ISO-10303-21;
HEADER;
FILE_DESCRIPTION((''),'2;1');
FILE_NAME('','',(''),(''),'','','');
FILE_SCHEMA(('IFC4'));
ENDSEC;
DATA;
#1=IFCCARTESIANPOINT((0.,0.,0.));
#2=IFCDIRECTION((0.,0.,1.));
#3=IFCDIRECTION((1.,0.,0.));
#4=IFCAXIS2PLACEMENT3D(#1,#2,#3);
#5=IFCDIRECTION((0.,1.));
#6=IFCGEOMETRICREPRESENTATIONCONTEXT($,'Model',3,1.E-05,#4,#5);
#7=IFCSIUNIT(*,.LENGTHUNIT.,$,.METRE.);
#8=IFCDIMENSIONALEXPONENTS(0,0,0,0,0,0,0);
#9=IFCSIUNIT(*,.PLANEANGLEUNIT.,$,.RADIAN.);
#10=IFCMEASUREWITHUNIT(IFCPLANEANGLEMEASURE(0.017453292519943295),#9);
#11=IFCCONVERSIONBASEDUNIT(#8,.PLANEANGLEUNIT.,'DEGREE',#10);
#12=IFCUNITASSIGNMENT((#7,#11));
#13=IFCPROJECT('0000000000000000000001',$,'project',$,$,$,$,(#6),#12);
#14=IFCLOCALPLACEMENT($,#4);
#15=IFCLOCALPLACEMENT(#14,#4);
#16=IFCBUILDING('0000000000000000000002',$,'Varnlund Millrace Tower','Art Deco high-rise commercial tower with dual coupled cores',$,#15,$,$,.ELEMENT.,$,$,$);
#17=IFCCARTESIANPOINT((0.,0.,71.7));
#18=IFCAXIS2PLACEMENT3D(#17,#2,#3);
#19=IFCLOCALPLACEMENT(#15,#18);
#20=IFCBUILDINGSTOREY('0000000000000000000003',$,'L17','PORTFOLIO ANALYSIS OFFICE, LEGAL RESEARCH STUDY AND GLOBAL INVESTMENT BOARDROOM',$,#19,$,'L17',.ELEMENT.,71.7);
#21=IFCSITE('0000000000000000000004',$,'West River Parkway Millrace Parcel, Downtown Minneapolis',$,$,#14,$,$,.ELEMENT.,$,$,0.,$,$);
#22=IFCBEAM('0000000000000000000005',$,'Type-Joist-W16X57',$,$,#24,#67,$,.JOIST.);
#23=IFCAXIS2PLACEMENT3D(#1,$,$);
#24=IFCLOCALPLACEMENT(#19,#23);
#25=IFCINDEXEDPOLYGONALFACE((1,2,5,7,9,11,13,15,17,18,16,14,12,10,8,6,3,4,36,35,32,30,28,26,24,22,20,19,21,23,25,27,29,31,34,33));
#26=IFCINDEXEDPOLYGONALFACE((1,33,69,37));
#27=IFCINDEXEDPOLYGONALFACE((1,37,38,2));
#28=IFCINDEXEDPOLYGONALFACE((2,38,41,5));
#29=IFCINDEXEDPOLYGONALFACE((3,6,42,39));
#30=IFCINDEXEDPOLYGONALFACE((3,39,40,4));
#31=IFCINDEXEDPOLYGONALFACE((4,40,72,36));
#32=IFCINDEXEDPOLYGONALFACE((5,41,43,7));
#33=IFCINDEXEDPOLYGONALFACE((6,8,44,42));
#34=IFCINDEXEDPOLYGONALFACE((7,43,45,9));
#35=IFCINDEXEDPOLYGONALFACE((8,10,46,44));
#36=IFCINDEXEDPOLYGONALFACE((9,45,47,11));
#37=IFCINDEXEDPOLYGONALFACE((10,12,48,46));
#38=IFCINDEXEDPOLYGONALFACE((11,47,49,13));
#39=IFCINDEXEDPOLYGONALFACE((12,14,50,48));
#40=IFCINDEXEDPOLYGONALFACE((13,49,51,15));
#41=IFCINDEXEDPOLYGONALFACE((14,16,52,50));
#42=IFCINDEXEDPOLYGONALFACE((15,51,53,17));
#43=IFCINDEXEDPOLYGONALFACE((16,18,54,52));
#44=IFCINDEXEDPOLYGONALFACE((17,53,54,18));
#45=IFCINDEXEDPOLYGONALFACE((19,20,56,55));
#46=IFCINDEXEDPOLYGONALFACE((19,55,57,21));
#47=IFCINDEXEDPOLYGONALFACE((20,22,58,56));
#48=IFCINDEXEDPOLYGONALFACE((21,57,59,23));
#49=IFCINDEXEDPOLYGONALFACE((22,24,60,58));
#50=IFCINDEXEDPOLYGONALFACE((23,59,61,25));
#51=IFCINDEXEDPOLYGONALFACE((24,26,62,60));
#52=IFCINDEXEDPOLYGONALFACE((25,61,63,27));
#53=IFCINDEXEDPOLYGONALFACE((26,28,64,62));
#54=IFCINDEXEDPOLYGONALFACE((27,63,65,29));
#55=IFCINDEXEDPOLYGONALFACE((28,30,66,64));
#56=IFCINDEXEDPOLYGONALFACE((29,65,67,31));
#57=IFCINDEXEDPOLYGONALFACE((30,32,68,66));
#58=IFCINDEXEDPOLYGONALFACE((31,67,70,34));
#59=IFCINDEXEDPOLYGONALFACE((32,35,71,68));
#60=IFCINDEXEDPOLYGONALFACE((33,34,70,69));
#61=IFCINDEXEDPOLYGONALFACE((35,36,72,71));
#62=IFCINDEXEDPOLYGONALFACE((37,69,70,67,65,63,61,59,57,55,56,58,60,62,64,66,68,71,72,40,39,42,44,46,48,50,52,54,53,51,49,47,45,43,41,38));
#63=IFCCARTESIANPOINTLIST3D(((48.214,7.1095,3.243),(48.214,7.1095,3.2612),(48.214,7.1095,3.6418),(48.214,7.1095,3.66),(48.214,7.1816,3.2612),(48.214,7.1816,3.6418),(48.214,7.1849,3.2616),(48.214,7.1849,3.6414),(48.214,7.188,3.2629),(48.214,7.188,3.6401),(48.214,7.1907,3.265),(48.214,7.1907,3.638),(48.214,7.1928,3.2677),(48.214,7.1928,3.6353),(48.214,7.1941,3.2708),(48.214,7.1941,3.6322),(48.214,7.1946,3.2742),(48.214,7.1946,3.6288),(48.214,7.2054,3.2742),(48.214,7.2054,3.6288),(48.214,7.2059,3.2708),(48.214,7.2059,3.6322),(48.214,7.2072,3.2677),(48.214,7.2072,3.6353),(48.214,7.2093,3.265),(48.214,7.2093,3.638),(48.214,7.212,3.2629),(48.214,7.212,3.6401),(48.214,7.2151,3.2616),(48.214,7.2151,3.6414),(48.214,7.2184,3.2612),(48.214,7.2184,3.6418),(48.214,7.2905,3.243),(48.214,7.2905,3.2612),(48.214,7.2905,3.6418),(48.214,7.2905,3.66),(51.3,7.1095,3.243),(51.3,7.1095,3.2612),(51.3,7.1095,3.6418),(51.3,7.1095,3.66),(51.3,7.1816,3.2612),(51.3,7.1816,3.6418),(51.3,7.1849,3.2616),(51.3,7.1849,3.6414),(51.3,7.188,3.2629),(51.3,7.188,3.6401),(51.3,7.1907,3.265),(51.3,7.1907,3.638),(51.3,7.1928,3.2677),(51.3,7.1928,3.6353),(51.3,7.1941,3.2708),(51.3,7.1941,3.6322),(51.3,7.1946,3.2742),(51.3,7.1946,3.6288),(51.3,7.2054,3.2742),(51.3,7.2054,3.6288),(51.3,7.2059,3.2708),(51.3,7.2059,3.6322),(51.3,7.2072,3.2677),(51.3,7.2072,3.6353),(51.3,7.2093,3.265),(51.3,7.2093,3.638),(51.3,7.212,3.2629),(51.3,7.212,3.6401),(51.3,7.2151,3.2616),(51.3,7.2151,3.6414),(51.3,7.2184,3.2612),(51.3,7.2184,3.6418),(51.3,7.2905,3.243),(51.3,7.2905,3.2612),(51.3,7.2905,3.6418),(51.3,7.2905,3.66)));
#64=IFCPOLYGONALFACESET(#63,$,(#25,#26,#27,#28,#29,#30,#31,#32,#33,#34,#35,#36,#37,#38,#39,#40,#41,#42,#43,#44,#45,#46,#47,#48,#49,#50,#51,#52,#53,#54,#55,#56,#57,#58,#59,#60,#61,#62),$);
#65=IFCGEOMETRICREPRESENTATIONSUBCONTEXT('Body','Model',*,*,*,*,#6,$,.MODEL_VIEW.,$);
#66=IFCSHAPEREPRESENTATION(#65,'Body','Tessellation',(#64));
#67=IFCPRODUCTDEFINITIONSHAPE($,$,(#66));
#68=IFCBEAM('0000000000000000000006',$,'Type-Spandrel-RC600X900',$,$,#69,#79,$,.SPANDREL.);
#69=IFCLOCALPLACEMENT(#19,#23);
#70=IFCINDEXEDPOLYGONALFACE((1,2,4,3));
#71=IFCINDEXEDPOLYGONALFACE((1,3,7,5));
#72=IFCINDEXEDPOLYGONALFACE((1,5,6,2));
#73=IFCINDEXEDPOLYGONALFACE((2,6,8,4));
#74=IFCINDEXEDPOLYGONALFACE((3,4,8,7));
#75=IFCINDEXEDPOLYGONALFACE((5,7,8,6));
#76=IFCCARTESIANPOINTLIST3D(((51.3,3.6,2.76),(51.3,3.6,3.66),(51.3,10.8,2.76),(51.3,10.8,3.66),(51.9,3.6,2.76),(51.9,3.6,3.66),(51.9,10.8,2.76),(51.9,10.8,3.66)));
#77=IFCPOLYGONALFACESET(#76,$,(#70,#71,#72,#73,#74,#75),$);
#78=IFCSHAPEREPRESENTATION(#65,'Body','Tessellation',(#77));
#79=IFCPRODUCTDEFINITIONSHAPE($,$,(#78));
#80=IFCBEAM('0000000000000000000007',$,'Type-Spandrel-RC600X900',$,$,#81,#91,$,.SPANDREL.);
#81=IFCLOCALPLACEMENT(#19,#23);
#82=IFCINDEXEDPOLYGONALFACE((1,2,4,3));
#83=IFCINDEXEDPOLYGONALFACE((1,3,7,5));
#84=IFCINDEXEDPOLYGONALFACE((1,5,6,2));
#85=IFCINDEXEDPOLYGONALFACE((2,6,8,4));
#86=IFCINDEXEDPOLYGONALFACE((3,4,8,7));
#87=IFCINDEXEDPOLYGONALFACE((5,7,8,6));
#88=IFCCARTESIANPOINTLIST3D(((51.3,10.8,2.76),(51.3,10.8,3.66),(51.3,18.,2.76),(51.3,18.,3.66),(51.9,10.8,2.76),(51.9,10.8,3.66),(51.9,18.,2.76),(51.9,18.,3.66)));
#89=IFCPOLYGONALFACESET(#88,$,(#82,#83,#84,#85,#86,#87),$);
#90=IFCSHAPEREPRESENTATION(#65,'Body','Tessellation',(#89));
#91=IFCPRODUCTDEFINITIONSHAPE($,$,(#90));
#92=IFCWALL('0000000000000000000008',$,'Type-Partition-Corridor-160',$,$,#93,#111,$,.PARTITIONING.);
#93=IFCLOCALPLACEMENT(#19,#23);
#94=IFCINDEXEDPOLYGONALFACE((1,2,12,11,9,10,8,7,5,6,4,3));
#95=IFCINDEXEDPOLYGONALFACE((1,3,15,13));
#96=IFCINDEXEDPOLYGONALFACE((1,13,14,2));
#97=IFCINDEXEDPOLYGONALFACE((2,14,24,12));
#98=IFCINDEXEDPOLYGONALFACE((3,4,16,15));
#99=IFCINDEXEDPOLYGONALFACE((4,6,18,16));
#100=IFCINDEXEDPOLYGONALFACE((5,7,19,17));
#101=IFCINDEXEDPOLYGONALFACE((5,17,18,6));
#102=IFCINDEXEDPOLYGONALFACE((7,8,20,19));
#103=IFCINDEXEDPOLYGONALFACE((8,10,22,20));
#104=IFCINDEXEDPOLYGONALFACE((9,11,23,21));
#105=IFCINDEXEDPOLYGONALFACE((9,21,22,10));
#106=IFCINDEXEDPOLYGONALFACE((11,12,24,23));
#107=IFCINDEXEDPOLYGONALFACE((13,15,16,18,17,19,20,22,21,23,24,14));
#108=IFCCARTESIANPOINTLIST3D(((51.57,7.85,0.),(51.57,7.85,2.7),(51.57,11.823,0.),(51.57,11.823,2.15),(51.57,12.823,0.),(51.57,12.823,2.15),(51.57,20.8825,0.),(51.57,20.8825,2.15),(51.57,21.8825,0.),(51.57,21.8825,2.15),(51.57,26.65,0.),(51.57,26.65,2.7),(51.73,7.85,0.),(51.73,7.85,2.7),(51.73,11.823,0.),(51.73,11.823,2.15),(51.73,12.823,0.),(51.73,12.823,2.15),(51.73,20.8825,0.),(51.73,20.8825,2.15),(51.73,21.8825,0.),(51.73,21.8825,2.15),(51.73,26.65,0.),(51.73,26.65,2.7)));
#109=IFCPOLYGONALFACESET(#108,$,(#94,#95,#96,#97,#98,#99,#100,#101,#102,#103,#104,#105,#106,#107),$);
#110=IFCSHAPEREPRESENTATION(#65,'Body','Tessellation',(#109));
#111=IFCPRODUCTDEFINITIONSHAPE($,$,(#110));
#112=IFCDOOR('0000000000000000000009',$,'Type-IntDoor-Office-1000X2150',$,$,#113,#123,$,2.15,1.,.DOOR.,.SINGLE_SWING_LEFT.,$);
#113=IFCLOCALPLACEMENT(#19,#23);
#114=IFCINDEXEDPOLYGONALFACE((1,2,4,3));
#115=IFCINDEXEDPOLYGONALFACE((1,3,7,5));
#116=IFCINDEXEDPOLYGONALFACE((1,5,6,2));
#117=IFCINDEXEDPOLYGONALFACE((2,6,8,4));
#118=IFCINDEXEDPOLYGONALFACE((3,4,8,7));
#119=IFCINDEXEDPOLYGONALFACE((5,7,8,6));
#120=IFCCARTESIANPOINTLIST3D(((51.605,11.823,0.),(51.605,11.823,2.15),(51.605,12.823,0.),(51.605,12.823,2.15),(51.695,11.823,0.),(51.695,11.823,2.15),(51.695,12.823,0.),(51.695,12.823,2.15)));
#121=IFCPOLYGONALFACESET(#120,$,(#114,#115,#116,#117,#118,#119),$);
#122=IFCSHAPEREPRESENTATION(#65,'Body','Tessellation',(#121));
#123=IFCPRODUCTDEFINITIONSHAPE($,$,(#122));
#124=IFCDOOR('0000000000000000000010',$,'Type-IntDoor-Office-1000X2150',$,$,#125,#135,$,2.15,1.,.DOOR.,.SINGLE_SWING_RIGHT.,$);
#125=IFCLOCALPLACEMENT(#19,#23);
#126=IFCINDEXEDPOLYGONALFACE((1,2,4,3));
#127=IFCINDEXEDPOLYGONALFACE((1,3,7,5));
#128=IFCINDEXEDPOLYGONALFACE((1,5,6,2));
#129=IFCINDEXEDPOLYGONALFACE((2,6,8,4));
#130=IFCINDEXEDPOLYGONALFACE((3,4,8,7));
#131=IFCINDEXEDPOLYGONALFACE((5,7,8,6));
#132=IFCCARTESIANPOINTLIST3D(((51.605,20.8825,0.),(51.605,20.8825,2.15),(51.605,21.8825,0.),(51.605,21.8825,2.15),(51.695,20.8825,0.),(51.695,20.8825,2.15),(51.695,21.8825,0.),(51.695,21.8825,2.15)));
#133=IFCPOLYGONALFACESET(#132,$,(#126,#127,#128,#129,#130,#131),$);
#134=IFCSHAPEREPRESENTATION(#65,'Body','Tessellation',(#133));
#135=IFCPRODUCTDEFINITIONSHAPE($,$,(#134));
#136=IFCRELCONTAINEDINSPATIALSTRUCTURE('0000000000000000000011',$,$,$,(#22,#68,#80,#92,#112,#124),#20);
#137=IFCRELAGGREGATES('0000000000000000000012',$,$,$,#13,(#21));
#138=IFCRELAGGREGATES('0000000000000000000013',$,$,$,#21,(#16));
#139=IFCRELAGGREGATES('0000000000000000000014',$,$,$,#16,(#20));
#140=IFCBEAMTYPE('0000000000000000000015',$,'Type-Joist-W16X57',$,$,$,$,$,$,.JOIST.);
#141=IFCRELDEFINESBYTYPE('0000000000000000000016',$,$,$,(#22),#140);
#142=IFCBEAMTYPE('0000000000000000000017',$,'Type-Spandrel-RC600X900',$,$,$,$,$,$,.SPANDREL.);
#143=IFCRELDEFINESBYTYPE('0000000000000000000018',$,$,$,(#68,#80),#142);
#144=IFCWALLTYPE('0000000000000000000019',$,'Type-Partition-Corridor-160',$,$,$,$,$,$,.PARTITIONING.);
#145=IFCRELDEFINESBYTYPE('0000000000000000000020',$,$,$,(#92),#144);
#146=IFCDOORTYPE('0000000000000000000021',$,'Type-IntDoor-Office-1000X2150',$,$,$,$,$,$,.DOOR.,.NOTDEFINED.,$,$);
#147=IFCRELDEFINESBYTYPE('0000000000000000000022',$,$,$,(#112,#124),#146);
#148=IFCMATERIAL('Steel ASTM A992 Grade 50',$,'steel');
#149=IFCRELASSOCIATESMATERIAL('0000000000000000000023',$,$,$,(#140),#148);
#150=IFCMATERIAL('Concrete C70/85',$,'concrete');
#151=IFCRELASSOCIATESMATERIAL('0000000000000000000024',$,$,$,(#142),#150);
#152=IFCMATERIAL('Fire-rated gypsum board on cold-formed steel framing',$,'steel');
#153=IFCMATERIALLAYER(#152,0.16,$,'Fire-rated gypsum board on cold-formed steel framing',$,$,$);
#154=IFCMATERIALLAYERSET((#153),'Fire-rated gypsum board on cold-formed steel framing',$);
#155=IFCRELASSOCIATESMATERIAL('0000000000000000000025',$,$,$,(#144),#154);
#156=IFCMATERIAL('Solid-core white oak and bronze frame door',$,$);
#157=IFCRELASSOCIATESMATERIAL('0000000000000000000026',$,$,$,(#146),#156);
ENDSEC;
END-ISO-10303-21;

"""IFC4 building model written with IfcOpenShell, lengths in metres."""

from ifc_helpers import new_model, entity, si_unit, converted_unit, direction, frame, origin_with_axes, origin_2d_with_axis, place, context, subcontext, project, spatial, polyline, rectangle, i_section, outline, extrude, material, layer, layer_set, material_profile, profile_set, type_object, element, fill, save


model = new_model("IFC4")

# Units and contexts
model_context = context("Model", 3, precision=1e-05, world=origin_with_axes(), true_north=direction((0.0, 1.0)))
body_context = subcontext(model_context, "Body", "Model", "MODEL_VIEW")
ifc_project = project(units=[si_unit("LENGTHUNIT", "METRE"), converted_unit("PLANEANGLEUNIT", "DEGREE", entity("IfcPlaneAngleMeasure", 0.017453292519943295), si_unit("PLANEANGLEUNIT", "RADIAN"), dimensions=[0, 0, 0, 0, 0, 0, 0])], contexts=[model_context])

# Site, building, storey
site_placement = place(None, origin_with_axes())
site = spatial("IfcSite", under=ifc_project, at=site_placement, Name="West River Parkway Millrace Parcel, Downtown Minneapolis", CompositionType="ELEMENT", RefElevation=0.0)
building_placement = place(site_placement, origin_with_axes())
building = spatial("IfcBuilding", under=site, at=building_placement, Name="Varnlund Millrace Tower", Description="Art Deco high-rise commercial tower with dual coupled cores", CompositionType="ELEMENT")
storey_placement = place(building_placement, frame((0.0, 0.0, 71.7), z_axis=(0.0, 0.0, 1.0), x_axis=(1.0, 0.0, 0.0)))
storey = spatial("IfcBuildingStorey", under=building, at=storey_placement, Name="L17", Description="PORTFOLIO ANALYSIS OFFICE, LEGAL RESEARCH STUDY AND GLOBAL INVESTMENT BOARDROOM", LongName="L17", CompositionType="ELEMENT", Elevation=71.7)

# Beams
ifc_material_1 = material(Name="Steel ASTM A992 Grade 50", Category="steel")
ifc_material_profile_1 = material_profile(ifc_material_1, i_section(OverallWidth=0.181, OverallDepth=0.417, WebThickness=0.0109, FlangeThickness=0.0182, FilletRadius=0.013, at=origin_2d_with_axis()), Name="Steel ASTM A992 Grade 50")
ifc_profile_set_1 = profile_set([ifc_material_profile_1], Name="Steel ASTM A992 Grade 50")
beam_type_1 = type_object("IfcBeamType", Name="Type-Joist-W16X57", PredefinedType="JOIST", material=ifc_profile_set_1)
beam_1_placement = place(storey_placement, frame((48.214, 7.2, 3.4515), z_axis=(1.0, 0.0, 0.0), x_axis=(0.0, 1.0, 0.0)))
element("IfcBeam", 1, at=beam_1_placement, inside=storey, type_object=beam_type_1, Name="Type-Joist-W16X57", PredefinedType="JOIST", context=body_context, shape_type="SweptSolid", body=[
    extrude(i_section(OverallWidth=0.181, OverallDepth=0.417, WebThickness=0.0109, FlangeThickness=0.0182, FilletRadius=0.013, at=origin_2d_with_axis()), origin_with_axes(), (0.0, 0.0, 1.0), 3.086),
])
ifc_material_2 = material(Name="Concrete C70/85", Category="concrete")
ifc_material_profile_2 = material_profile(ifc_material_2, rectangle(XDim=0.6, YDim=0.9, at=origin_2d_with_axis()), Name="Concrete C70/85")
ifc_profile_set_2 = profile_set([ifc_material_profile_2], Name="Concrete C70/85")
beam_type_2 = type_object("IfcBeamType", Name="Type-Spandrel-RC600X900", PredefinedType="SPANDREL", material=ifc_profile_set_2)
for number, where, z_axis, x_axis, name in (
    (2, (51.6, 3.6, 3.21), (0.0, 1.0, 0.0), (-1.0, 0.0, 0.0), "Type-Spandrel-RC600X900"),
    (3, (51.6, 10.8, 3.21), (0.0, 1.0, 0.0), (-1.0, 0.0, 0.0), "Type-Spandrel-RC600X900"),
):
    element("IfcBeam", number, at=place(storey_placement, frame(where, z_axis=z_axis, x_axis=x_axis)), inside=storey, type_object=beam_type_2, Name=name, PredefinedType="SPANDREL", context=body_context, shape_type="SweptSolid", body=[
        extrude(rectangle(XDim=0.6, YDim=0.9, at=origin_2d_with_axis()), origin_with_axes(), (0.0, 0.0, 1.0), 7.2),
    ])

# Wall, openings, doors
ifc_material_3 = material(Name="Fire-rated gypsum board on cold-formed steel framing", Category="steel")
ifc_layer = layer(ifc_material_3, 0.16, Name="Fire-rated gypsum board on cold-formed steel framing")
ifc_layer_set = layer_set([ifc_layer], Name="Fire-rated gypsum board on cold-formed steel framing")
wall_type = type_object("IfcWallType", Name="Type-Partition-Corridor-160", PredefinedType="PARTITIONING", material=ifc_layer_set)
wall_placement = place(storey_placement, frame((51.65, 7.85, 0.0), z_axis=(0.0, 0.0, 1.0), x_axis=(0.0, 1.0, 0.0)))
wall = element("IfcWall", 4, at=wall_placement, inside=storey, type_object=wall_type, Name="Type-Partition-Corridor-160", PredefinedType="PARTITIONING", context=body_context, shape_type="SweptSolid", body=[
    extrude(outline(polyline([(0.0, -0.08), (18.8, -0.08), (18.8, 0.08), (0.0, 0.08), (0.0, -0.08)])), origin_with_axes(), (0.0, 0.0, 1.0), 2.7),
])
opening_1_placement = place(wall_placement, frame((4.473, 0.0, 0.0), z_axis=(0.0, 0.0, 1.0), x_axis=(1.0, 0.0, 0.0)))
opening_1 = element("IfcOpeningElement", 5, at=opening_1_placement, cuts=wall, PredefinedType="OPENING", context=body_context, shape_type="SweptSolid", body=[
    extrude(rectangle(XDim=1.0, YDim=0.18, at=origin_2d_with_axis()), origin_with_axes(), (0.0, 0.0, 1.0), 2.15),
])
opening_2_placement = place(wall_placement, frame((13.5325, 0.0, 0.0), z_axis=(0.0, 0.0, 1.0), x_axis=(1.0, 0.0, 0.0)))
opening_2 = element("IfcOpeningElement", 6, at=opening_2_placement, cuts=wall, PredefinedType="OPENING", context=body_context, shape_type="SweptSolid", body=[
    extrude(rectangle(XDim=1.0, YDim=0.18, at=origin_2d_with_axis()), origin_with_axes(), (0.0, 0.0, 1.0), 2.15),
])
ifc_material_4 = material(Name="Solid-core white oak and bronze frame door")
door_type = type_object("IfcDoorType", Name="Type-IntDoor-Office-1000X2150", OperationType="NOTDEFINED", PredefinedType="DOOR", material=ifc_material_4)
door_1_placement = place(wall_placement, frame((4.473, 0.0, 0.0), z_axis=(0.0, 0.0, 1.0), x_axis=(1.0, 0.0, 0.0)))
door_1 = element("IfcDoor", 7, at=door_1_placement, inside=storey, type_object=door_type, Name="Type-IntDoor-Office-1000X2150", OperationType="SINGLE_SWING_LEFT", OverallHeight=2.15, OverallWidth=1.0, PredefinedType="DOOR", context=body_context, shape_type="SweptSolid", body=[
    extrude(rectangle(XDim=1.0, YDim=0.09, at=origin_2d_with_axis()), origin_with_axes(), (0.0, 0.0, 1.0), 2.15),
])
fill(opening_1, door_1)
door_2_placement = place(wall_placement, frame((13.5325, 0.0, 0.0), z_axis=(0.0, 0.0, 1.0), x_axis=(1.0, 0.0, 0.0)))
door_2 = element("IfcDoor", 8, at=door_2_placement, inside=storey, type_object=door_type, Name="Type-IntDoor-Office-1000X2150", OperationType="SINGLE_SWING_RIGHT", OverallHeight=2.15, OverallWidth=1.0, PredefinedType="DOOR", context=body_context, shape_type="SweptSolid", body=[
    extrude(rectangle(XDim=1.0, YDim=0.09, at=origin_2d_with_axis()), origin_with_axes(), (0.0, 0.0, 1.0), 2.15),
])
fill(opening_2, door_2)

save(model, "model.ifc")
